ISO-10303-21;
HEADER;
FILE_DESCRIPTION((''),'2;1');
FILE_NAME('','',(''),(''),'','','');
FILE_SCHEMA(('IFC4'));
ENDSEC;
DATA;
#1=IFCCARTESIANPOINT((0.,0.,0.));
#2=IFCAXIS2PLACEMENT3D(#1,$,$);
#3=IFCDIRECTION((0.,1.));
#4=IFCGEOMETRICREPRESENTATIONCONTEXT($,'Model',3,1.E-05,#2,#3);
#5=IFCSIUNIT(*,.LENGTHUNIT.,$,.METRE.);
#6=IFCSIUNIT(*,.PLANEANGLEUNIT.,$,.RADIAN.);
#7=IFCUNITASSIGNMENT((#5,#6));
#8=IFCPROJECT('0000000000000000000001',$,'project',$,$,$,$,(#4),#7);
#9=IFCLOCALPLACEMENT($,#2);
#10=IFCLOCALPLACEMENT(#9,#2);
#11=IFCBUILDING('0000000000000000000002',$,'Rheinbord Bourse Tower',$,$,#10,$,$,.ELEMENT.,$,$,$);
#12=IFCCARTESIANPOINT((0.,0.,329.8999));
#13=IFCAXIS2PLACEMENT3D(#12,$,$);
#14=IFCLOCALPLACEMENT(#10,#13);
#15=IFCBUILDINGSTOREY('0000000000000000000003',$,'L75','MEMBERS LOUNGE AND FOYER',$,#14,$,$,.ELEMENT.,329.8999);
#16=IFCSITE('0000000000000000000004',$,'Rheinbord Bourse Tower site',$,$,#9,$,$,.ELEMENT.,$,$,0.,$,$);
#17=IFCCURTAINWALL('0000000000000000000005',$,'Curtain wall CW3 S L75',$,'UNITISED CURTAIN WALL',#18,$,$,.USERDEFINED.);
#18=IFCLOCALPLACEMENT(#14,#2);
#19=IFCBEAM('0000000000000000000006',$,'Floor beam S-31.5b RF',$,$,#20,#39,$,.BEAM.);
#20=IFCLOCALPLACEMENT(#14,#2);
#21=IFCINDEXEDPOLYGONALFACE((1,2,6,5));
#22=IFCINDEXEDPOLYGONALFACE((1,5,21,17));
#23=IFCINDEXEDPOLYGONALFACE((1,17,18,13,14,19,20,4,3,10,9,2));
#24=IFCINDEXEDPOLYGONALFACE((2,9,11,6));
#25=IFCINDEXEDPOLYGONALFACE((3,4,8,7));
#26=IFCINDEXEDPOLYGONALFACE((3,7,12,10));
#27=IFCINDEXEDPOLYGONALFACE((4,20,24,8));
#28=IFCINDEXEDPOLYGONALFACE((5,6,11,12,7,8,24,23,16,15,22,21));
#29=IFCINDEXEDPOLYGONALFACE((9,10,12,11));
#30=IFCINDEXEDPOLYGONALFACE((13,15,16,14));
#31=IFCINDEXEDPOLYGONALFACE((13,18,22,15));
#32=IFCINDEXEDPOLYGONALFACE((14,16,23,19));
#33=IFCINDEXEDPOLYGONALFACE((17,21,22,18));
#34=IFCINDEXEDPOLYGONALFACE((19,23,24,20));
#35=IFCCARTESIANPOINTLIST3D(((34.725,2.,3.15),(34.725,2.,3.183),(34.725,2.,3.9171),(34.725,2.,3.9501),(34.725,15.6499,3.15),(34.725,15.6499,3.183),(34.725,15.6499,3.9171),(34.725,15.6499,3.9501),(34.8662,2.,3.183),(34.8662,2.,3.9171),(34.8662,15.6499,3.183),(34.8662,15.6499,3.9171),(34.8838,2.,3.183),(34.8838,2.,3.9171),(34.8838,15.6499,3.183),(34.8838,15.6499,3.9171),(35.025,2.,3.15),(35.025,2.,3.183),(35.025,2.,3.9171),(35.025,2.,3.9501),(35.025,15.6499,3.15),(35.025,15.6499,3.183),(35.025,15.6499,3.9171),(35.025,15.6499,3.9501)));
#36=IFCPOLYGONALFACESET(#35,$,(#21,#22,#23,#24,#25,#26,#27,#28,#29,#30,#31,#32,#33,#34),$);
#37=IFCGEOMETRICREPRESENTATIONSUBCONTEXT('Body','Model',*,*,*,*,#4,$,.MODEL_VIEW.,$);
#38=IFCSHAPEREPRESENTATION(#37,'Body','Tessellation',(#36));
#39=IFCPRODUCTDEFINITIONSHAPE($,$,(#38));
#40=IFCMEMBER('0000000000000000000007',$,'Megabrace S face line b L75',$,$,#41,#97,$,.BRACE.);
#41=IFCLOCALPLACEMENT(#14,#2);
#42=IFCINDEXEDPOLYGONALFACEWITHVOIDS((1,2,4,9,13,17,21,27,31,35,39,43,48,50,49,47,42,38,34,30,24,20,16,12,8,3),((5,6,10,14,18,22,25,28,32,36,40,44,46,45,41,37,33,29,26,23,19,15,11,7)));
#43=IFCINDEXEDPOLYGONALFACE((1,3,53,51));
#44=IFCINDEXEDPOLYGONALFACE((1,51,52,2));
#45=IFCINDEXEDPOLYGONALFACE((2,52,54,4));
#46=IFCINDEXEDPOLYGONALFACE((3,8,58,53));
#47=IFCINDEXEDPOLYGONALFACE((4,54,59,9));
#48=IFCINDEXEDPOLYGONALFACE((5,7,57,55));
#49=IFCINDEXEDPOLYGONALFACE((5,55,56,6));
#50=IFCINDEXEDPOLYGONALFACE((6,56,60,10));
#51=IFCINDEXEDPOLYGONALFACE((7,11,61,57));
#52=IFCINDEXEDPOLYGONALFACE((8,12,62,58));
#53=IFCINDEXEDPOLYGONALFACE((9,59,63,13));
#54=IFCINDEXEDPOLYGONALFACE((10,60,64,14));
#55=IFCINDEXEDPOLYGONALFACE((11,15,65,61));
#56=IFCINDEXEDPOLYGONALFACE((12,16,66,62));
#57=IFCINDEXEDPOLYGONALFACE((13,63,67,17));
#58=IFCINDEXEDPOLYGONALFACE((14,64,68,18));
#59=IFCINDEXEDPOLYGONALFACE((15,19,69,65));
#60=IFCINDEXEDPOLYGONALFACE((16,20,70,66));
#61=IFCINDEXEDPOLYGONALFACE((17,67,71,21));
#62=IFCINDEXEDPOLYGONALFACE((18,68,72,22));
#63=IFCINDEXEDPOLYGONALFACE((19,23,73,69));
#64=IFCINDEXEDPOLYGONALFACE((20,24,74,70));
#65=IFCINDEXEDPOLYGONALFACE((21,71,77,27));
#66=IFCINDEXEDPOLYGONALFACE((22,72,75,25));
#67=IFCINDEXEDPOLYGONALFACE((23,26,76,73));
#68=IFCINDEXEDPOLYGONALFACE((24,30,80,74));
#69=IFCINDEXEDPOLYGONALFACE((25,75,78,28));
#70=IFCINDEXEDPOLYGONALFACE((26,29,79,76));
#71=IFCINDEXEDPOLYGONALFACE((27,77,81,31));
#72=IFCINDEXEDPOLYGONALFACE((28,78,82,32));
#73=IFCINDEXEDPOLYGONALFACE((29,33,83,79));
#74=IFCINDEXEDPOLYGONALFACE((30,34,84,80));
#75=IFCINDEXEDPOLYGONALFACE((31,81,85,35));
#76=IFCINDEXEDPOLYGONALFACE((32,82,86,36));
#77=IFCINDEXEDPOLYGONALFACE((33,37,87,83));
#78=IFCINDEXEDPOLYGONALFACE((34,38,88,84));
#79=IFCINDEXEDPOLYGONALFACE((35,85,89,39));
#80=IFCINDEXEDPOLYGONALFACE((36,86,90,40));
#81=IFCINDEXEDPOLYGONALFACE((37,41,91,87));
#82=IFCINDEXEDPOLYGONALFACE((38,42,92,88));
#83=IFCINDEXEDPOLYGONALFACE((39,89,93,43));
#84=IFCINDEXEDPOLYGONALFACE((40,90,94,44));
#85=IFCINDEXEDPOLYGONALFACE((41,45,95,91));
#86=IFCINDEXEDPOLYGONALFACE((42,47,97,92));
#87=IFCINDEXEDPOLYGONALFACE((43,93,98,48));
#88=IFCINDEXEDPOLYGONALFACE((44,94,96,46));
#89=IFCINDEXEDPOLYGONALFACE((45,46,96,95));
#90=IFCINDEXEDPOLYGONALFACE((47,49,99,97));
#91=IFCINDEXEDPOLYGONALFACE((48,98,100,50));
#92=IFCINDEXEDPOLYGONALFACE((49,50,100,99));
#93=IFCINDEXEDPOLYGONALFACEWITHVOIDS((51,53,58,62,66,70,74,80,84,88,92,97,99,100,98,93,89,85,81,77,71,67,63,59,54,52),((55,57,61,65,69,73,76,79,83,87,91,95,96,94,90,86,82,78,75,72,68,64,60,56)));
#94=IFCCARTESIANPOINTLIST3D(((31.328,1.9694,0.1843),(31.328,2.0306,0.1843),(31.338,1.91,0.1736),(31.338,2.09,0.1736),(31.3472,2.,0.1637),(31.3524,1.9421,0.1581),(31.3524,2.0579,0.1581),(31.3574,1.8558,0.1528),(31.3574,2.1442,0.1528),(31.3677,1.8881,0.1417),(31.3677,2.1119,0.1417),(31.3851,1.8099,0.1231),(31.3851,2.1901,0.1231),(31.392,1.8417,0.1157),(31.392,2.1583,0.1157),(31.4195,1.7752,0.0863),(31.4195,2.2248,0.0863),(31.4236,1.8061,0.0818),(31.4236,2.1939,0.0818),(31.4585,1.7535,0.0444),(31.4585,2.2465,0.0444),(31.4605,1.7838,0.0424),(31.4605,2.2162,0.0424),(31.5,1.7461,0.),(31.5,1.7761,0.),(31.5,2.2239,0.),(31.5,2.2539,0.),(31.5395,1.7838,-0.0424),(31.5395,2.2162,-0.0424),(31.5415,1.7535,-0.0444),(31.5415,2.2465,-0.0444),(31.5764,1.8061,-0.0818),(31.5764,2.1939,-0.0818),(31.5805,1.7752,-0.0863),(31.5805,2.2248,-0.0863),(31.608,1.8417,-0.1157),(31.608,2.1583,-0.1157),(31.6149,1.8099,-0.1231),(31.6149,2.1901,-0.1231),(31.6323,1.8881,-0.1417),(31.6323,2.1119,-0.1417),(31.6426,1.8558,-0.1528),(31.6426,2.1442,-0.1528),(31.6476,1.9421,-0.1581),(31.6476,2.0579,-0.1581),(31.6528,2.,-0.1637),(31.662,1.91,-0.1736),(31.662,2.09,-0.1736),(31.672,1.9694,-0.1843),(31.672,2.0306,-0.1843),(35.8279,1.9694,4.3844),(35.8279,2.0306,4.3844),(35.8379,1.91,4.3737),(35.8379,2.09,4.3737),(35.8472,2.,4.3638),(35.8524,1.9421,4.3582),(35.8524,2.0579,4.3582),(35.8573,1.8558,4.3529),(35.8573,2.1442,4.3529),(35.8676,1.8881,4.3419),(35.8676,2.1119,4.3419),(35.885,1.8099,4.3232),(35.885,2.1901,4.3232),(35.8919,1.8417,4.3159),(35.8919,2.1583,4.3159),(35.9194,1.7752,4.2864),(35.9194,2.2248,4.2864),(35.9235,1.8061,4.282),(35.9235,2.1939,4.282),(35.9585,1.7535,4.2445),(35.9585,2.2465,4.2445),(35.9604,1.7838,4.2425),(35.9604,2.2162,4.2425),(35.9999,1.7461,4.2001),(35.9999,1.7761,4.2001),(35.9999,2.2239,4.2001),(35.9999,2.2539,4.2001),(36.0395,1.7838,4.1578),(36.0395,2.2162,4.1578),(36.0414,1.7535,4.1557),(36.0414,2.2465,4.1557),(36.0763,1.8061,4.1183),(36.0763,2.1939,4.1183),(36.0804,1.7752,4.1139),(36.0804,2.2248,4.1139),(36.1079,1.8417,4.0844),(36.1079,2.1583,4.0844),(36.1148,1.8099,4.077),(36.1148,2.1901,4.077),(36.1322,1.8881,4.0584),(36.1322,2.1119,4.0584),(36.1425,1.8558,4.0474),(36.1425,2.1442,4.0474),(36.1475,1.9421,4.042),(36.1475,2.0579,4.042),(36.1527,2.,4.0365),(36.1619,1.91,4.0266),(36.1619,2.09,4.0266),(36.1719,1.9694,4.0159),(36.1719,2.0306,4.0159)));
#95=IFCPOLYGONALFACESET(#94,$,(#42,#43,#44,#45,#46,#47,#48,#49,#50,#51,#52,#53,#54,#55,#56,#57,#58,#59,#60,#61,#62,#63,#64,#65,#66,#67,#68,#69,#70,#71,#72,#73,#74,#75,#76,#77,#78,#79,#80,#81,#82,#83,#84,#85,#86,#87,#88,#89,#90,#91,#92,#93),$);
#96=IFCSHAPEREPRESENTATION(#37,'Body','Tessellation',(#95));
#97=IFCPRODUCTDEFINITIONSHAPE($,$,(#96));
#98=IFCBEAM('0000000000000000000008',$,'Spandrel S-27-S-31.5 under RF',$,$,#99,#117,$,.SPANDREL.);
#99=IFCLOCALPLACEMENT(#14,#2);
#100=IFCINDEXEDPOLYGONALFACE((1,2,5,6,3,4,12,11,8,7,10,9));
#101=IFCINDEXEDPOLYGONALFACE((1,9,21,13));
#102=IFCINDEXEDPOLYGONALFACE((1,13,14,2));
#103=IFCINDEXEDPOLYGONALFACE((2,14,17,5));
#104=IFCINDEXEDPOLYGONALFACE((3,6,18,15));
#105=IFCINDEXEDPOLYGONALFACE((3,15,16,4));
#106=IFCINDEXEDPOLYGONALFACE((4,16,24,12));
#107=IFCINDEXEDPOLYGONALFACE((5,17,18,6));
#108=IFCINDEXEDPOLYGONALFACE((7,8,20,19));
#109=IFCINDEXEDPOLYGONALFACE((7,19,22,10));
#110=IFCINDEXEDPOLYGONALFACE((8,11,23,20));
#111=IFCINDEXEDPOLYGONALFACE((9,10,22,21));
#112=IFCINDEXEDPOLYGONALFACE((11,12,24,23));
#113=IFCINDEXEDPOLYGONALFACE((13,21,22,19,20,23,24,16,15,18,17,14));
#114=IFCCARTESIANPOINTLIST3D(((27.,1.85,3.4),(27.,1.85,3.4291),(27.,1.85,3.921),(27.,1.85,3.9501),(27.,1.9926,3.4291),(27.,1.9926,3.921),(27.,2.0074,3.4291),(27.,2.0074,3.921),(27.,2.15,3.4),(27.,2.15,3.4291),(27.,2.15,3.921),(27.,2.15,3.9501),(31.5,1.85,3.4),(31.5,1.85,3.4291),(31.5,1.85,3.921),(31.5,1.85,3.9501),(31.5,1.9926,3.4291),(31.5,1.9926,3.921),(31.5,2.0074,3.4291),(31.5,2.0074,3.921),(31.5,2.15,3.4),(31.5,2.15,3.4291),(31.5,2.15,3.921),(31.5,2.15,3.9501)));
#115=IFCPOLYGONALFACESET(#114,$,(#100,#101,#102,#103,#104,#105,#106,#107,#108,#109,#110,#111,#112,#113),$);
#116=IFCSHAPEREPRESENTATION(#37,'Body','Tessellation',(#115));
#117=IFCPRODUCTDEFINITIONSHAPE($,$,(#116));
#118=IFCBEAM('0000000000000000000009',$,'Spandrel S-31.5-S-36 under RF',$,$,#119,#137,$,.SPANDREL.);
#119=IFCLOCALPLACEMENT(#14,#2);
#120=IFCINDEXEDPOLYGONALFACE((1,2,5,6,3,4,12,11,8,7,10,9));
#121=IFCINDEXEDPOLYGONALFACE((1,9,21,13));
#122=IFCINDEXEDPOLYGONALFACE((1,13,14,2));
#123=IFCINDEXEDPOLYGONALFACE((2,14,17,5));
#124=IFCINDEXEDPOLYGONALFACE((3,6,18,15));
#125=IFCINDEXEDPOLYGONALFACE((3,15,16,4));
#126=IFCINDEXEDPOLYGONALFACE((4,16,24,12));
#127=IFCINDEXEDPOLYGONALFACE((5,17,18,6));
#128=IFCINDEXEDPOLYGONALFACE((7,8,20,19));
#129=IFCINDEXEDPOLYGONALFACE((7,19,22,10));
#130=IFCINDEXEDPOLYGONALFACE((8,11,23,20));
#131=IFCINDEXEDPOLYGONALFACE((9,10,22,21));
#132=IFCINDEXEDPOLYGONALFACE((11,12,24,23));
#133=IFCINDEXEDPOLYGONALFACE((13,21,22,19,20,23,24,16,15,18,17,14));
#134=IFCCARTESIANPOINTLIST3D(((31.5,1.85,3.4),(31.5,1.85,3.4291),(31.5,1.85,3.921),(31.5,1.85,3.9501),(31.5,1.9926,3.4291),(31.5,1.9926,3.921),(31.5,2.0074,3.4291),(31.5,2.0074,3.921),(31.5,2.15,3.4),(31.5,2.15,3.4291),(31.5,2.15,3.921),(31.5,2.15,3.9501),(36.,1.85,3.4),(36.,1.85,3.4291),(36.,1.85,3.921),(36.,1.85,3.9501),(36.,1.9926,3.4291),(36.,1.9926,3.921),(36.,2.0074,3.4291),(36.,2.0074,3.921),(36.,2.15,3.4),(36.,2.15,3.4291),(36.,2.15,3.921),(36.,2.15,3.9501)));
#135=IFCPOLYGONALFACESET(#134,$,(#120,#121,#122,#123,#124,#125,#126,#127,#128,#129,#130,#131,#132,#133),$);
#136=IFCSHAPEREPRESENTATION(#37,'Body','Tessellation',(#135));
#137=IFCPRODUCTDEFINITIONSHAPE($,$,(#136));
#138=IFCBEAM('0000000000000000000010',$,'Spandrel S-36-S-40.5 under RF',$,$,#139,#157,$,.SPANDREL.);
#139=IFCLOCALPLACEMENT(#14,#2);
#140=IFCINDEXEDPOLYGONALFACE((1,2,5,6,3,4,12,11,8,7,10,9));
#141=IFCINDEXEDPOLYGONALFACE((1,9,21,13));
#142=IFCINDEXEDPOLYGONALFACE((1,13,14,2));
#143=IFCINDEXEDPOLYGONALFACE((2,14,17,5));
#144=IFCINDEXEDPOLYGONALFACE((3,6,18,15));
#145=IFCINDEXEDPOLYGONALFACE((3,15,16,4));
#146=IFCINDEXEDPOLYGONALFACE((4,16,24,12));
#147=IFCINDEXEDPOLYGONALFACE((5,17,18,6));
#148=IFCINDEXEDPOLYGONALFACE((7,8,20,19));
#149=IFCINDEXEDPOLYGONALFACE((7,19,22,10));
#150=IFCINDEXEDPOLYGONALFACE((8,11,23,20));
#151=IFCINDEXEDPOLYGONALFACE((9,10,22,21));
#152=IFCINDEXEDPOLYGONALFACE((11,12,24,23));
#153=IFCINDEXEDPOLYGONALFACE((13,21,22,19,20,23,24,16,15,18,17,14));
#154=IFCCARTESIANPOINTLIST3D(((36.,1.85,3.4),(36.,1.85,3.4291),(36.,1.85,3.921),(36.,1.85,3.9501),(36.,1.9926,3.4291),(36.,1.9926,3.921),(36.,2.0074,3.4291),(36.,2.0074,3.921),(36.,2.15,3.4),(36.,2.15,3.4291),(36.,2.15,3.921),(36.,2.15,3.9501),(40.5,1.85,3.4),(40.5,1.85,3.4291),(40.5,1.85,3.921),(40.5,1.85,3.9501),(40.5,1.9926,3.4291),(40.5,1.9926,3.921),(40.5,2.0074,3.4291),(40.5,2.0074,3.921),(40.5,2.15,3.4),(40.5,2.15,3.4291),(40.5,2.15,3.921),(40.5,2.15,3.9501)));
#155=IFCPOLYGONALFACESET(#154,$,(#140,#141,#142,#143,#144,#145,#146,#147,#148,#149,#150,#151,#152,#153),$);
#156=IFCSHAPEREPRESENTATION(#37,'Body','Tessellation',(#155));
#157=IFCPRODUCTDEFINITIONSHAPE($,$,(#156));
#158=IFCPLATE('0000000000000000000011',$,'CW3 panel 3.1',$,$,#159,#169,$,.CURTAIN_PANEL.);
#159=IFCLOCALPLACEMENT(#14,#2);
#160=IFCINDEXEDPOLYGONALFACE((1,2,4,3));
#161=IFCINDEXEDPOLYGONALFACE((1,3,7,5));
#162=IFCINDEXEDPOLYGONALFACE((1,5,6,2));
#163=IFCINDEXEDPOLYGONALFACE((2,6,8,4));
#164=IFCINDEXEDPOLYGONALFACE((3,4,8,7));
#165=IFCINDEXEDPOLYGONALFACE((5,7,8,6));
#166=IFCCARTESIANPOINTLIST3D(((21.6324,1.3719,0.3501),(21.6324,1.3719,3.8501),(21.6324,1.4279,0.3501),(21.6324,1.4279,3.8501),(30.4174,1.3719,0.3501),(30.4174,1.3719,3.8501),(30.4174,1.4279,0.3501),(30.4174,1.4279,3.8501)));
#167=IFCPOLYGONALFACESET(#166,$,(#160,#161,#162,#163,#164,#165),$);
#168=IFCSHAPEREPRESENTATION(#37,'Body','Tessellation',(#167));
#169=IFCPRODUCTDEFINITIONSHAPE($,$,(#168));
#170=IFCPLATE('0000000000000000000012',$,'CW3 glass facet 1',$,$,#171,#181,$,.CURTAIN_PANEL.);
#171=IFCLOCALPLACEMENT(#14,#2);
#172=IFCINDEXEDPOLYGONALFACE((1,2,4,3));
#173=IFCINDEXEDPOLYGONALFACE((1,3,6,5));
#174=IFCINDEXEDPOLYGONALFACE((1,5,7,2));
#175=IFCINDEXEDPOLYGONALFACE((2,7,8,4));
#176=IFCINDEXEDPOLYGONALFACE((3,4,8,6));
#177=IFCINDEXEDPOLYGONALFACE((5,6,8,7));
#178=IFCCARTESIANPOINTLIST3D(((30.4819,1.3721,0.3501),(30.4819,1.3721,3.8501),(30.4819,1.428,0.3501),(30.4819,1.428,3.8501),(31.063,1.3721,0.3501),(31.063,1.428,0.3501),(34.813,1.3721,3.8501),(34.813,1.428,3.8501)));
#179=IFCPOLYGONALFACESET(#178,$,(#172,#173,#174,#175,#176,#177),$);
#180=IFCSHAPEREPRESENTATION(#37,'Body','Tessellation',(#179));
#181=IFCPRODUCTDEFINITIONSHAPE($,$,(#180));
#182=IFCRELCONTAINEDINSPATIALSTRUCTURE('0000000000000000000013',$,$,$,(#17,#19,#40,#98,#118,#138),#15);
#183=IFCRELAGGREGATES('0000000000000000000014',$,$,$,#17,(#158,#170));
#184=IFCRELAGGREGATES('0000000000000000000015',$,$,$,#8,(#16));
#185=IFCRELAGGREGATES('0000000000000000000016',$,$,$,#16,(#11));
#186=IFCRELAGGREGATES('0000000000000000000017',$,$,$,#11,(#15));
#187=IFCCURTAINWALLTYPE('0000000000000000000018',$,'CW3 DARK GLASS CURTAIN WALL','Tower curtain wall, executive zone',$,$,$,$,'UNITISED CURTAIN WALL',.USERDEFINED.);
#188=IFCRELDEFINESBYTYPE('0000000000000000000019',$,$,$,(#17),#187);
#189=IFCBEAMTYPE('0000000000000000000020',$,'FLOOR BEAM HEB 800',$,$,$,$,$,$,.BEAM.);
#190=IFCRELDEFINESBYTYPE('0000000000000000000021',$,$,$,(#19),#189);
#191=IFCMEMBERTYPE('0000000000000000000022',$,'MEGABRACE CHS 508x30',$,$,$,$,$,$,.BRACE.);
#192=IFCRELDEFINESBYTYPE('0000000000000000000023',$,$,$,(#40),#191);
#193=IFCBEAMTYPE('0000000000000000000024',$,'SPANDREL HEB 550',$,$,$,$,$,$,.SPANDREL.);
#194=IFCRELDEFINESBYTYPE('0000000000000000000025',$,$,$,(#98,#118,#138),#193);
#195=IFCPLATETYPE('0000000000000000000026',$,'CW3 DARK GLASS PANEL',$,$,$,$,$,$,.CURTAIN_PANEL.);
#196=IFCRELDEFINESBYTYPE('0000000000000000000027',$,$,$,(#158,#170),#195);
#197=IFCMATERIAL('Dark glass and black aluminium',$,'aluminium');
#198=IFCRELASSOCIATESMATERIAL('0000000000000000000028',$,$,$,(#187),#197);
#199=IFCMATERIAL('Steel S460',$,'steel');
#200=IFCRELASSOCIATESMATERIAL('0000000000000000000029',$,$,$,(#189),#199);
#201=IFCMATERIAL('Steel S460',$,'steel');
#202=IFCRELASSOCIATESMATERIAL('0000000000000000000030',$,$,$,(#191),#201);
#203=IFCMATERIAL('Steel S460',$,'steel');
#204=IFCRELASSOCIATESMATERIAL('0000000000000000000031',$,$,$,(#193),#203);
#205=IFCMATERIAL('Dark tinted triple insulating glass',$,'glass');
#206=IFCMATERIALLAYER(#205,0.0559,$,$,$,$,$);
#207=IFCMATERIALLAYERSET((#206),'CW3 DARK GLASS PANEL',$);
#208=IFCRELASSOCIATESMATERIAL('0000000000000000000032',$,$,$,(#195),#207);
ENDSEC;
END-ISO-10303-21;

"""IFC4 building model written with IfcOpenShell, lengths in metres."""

from ifc_helpers import new_model, si_unit, direction, frame, origin, origin_2d, place, context, subcontext, project, spatial, polyline, rectangle, hollow_circle, i_section, outline, extrude, material, layer, layer_set, material_profile, profile_set, type_object, element, aggregate, save


model = new_model("IFC4")

# Units and contexts
model_context = context("Model", 3, precision=1e-05, world=origin(), true_north=direction((0.0, 1.0)))
body_context = subcontext(model_context, "Body", "Model", "MODEL_VIEW")
ifc_project = project(units=[si_unit("LENGTHUNIT", "METRE"), si_unit("PLANEANGLEUNIT", "RADIAN")], contexts=[model_context])

# Site, building, storey
site_placement = place(None, origin())
site = spatial("IfcSite", under=ifc_project, at=site_placement, Name="Rheinbord Bourse Tower site", CompositionType="ELEMENT", RefElevation=0.0)
building_placement = place(site_placement, origin())
building = spatial("IfcBuilding", under=site, at=building_placement, Name="Rheinbord Bourse Tower", CompositionType="ELEMENT")
storey_placement = place(building_placement, frame((0.0, 0.0, 329.8999)))
storey = spatial("IfcBuildingStorey", under=building, at=storey_placement, Name="L75", Description="MEMBERS LOUNGE AND FOYER", CompositionType="ELEMENT", Elevation=329.8999)

# Curtain wall
ifc_material_1 = material(Name="Dark glass and black aluminium", Category="aluminium")
curtain_wall_type = type_object("IfcCurtainWallType", Name="CW3 DARK GLASS CURTAIN WALL", Description="Tower curtain wall, executive zone", ElementType="UNITISED CURTAIN WALL", PredefinedType="USERDEFINED", material=ifc_material_1)
curtain_wall_placement = place(storey_placement, origin())
curtain_wall = element("IfcCurtainWall", 1, at=curtain_wall_placement, inside=storey, type_object=curtain_wall_type, Name="Curtain wall CW3 S L75", ObjectType="UNITISED CURTAIN WALL", PredefinedType="USERDEFINED")

# Beam
ifc_material_2 = material(Name="Steel S460", Category="steel")
ifc_material_profile_1 = material_profile(ifc_material_2, i_section(OverallWidth=0.3, OverallDepth=0.8, WebThickness=0.0176, FlangeThickness=0.033, at=origin_2d()), Name="HEB 800")
ifc_profile_set_1 = profile_set([ifc_material_profile_1], Name="Steel S460")
beam_type_1 = type_object("IfcBeamType", Name="FLOOR BEAM HEB 800", PredefinedType="BEAM", material=ifc_profile_set_1)
for number, where, z_axis, x_axis, name in (
    (2, (34.875, 2.0, 3.55), (0.0, 1.0, 0.0), (-1.0, 0.0, 0.0), "Floor beam S-31.5b RF"),
):
    element("IfcBeam", number, at=place(storey_placement, frame(where, z_axis=z_axis, x_axis=x_axis)), inside=storey, type_object=beam_type_1, Name=name, PredefinedType="BEAM", context=body_context, shape_type="SweptSolid", body=[
        extrude(i_section(OverallWidth=0.3, OverallDepth=0.8, WebThickness=0.0176, FlangeThickness=0.033, at=origin_2d()), origin(), (0.0, 0.0, 1.0), 13.6499),
    ])

# Member
ifc_material_3 = material(Name="Steel S460", Category="steel")
ifc_material_profile_2 = material_profile(ifc_material_3, hollow_circle(Radius=0.2539, WallThickness=0.03, at=origin_2d()), Name="CHS 508x30")
ifc_profile_set_2 = profile_set([ifc_material_profile_2], Name="Steel S460")
member_type_1 = type_object("IfcMemberType", Name="MEGABRACE CHS 508x30", PredefinedType="BRACE", material=ifc_profile_set_2)
member_1_placement = place(storey_placement, frame((31.5, 2.0, 0.0), z_axis=(0.731039, 0.0, 0.682335), x_axis=(0.0, 1.0, 0.0)))
element("IfcMember", 3, at=member_1_placement, inside=storey, type_object=member_type_1, Name="Megabrace S face line b L75", PredefinedType="BRACE", context=body_context, shape_type="SweptSolid", body=[
    extrude(hollow_circle(Radius=0.2539, WallThickness=0.03, at=origin_2d()), origin(), (0.0, 0.0, 1.0), 6.1555),
])

# Beams
ifc_material_4 = material(Name="Steel S460", Category="steel")
ifc_material_profile_3 = material_profile(ifc_material_4, i_section(OverallWidth=0.3, OverallDepth=0.55, WebThickness=0.0149, FlangeThickness=0.0291, at=origin_2d()), Name="HEB 550")
ifc_profile_set_3 = profile_set([ifc_material_profile_3], Name="Steel S460")
beam_type_2 = type_object("IfcBeamType", Name="SPANDREL HEB 550", PredefinedType="SPANDREL", material=ifc_profile_set_3)
for number, where, z_axis, x_axis, name in (
    (4, (27.0, 2.0, 3.675), (1.0, 0.0, 0.0), (0.0, 1.0, 0.0), "Spandrel S-27-S-31.5 under RF"),
    (5, (31.5, 2.0, 3.675), (1.0, 0.0, 0.0), (0.0, 1.0, 0.0), "Spandrel S-31.5-S-36 under RF"),
    (6, (36.0, 2.0, 3.675), (1.0, 0.0, 0.0), (0.0, 1.0, 0.0), "Spandrel S-36-S-40.5 under RF"),
):
    element("IfcBeam", number, at=place(storey_placement, frame(where, z_axis=z_axis, x_axis=x_axis)), inside=storey, type_object=beam_type_2, Name=name, PredefinedType="SPANDREL", context=body_context, shape_type="SweptSolid", body=[
        extrude(i_section(OverallWidth=0.3, OverallDepth=0.55, WebThickness=0.0149, FlangeThickness=0.0291, at=origin_2d()), origin(), (0.0, 0.0, 1.0), 4.5),
    ])

# Plates
ifc_material_5 = material(Name="Dark tinted triple insulating glass", Category="glass")
ifc_layer_1 = layer(ifc_material_5, 0.0559)
ifc_layer_set_1 = layer_set([ifc_layer_1], Name="CW3 DARK GLASS PANEL")
plate_type = type_object("IfcPlateType", Name="CW3 DARK GLASS PANEL", PredefinedType="CURTAIN_PANEL", material=ifc_layer_set_1)
plate_1_placement = place(storey_placement, frame((26.0249, 1.3999, 0.3501), z_axis=(0.0, 0.0, 1.0), x_axis=(1.0, 0.0, 0.0)))
plate_1 = element("IfcPlate", 7, at=plate_1_placement, type_object=plate_type, Name="CW3 panel 3.1", PredefinedType="CURTAIN_PANEL", context=body_context, shape_type="SweptSolid", body=[
    extrude(rectangle(XDim=8.7849, YDim=0.0559, at=origin_2d()), origin(), (0.0, 0.0, 1.0), 3.5),
])
plate_2_placement = place(storey_placement, frame((30.4819, 1.3721, 0.3501), z_axis=(0.0, 1.0, 0.0), x_axis=(0.0, 0.0, 1.0)))
plate_2 = element("IfcPlate", 8, at=plate_2_placement, type_object=plate_type, Name="CW3 glass facet 1", PredefinedType="CURTAIN_PANEL", context=body_context, shape_type="SweptSolid", body=[
    extrude(outline(polyline([(0.0, 0.0), (3.5, 0.0), (3.5, 4.3311), (0.0, 0.5811), (0.0, 0.0)])), origin(), (0.0, 0.0, 1.0), 0.0559),
])
aggregate(curtain_wall, [plate_1, plate_2])

save(model, "model.ifc")
